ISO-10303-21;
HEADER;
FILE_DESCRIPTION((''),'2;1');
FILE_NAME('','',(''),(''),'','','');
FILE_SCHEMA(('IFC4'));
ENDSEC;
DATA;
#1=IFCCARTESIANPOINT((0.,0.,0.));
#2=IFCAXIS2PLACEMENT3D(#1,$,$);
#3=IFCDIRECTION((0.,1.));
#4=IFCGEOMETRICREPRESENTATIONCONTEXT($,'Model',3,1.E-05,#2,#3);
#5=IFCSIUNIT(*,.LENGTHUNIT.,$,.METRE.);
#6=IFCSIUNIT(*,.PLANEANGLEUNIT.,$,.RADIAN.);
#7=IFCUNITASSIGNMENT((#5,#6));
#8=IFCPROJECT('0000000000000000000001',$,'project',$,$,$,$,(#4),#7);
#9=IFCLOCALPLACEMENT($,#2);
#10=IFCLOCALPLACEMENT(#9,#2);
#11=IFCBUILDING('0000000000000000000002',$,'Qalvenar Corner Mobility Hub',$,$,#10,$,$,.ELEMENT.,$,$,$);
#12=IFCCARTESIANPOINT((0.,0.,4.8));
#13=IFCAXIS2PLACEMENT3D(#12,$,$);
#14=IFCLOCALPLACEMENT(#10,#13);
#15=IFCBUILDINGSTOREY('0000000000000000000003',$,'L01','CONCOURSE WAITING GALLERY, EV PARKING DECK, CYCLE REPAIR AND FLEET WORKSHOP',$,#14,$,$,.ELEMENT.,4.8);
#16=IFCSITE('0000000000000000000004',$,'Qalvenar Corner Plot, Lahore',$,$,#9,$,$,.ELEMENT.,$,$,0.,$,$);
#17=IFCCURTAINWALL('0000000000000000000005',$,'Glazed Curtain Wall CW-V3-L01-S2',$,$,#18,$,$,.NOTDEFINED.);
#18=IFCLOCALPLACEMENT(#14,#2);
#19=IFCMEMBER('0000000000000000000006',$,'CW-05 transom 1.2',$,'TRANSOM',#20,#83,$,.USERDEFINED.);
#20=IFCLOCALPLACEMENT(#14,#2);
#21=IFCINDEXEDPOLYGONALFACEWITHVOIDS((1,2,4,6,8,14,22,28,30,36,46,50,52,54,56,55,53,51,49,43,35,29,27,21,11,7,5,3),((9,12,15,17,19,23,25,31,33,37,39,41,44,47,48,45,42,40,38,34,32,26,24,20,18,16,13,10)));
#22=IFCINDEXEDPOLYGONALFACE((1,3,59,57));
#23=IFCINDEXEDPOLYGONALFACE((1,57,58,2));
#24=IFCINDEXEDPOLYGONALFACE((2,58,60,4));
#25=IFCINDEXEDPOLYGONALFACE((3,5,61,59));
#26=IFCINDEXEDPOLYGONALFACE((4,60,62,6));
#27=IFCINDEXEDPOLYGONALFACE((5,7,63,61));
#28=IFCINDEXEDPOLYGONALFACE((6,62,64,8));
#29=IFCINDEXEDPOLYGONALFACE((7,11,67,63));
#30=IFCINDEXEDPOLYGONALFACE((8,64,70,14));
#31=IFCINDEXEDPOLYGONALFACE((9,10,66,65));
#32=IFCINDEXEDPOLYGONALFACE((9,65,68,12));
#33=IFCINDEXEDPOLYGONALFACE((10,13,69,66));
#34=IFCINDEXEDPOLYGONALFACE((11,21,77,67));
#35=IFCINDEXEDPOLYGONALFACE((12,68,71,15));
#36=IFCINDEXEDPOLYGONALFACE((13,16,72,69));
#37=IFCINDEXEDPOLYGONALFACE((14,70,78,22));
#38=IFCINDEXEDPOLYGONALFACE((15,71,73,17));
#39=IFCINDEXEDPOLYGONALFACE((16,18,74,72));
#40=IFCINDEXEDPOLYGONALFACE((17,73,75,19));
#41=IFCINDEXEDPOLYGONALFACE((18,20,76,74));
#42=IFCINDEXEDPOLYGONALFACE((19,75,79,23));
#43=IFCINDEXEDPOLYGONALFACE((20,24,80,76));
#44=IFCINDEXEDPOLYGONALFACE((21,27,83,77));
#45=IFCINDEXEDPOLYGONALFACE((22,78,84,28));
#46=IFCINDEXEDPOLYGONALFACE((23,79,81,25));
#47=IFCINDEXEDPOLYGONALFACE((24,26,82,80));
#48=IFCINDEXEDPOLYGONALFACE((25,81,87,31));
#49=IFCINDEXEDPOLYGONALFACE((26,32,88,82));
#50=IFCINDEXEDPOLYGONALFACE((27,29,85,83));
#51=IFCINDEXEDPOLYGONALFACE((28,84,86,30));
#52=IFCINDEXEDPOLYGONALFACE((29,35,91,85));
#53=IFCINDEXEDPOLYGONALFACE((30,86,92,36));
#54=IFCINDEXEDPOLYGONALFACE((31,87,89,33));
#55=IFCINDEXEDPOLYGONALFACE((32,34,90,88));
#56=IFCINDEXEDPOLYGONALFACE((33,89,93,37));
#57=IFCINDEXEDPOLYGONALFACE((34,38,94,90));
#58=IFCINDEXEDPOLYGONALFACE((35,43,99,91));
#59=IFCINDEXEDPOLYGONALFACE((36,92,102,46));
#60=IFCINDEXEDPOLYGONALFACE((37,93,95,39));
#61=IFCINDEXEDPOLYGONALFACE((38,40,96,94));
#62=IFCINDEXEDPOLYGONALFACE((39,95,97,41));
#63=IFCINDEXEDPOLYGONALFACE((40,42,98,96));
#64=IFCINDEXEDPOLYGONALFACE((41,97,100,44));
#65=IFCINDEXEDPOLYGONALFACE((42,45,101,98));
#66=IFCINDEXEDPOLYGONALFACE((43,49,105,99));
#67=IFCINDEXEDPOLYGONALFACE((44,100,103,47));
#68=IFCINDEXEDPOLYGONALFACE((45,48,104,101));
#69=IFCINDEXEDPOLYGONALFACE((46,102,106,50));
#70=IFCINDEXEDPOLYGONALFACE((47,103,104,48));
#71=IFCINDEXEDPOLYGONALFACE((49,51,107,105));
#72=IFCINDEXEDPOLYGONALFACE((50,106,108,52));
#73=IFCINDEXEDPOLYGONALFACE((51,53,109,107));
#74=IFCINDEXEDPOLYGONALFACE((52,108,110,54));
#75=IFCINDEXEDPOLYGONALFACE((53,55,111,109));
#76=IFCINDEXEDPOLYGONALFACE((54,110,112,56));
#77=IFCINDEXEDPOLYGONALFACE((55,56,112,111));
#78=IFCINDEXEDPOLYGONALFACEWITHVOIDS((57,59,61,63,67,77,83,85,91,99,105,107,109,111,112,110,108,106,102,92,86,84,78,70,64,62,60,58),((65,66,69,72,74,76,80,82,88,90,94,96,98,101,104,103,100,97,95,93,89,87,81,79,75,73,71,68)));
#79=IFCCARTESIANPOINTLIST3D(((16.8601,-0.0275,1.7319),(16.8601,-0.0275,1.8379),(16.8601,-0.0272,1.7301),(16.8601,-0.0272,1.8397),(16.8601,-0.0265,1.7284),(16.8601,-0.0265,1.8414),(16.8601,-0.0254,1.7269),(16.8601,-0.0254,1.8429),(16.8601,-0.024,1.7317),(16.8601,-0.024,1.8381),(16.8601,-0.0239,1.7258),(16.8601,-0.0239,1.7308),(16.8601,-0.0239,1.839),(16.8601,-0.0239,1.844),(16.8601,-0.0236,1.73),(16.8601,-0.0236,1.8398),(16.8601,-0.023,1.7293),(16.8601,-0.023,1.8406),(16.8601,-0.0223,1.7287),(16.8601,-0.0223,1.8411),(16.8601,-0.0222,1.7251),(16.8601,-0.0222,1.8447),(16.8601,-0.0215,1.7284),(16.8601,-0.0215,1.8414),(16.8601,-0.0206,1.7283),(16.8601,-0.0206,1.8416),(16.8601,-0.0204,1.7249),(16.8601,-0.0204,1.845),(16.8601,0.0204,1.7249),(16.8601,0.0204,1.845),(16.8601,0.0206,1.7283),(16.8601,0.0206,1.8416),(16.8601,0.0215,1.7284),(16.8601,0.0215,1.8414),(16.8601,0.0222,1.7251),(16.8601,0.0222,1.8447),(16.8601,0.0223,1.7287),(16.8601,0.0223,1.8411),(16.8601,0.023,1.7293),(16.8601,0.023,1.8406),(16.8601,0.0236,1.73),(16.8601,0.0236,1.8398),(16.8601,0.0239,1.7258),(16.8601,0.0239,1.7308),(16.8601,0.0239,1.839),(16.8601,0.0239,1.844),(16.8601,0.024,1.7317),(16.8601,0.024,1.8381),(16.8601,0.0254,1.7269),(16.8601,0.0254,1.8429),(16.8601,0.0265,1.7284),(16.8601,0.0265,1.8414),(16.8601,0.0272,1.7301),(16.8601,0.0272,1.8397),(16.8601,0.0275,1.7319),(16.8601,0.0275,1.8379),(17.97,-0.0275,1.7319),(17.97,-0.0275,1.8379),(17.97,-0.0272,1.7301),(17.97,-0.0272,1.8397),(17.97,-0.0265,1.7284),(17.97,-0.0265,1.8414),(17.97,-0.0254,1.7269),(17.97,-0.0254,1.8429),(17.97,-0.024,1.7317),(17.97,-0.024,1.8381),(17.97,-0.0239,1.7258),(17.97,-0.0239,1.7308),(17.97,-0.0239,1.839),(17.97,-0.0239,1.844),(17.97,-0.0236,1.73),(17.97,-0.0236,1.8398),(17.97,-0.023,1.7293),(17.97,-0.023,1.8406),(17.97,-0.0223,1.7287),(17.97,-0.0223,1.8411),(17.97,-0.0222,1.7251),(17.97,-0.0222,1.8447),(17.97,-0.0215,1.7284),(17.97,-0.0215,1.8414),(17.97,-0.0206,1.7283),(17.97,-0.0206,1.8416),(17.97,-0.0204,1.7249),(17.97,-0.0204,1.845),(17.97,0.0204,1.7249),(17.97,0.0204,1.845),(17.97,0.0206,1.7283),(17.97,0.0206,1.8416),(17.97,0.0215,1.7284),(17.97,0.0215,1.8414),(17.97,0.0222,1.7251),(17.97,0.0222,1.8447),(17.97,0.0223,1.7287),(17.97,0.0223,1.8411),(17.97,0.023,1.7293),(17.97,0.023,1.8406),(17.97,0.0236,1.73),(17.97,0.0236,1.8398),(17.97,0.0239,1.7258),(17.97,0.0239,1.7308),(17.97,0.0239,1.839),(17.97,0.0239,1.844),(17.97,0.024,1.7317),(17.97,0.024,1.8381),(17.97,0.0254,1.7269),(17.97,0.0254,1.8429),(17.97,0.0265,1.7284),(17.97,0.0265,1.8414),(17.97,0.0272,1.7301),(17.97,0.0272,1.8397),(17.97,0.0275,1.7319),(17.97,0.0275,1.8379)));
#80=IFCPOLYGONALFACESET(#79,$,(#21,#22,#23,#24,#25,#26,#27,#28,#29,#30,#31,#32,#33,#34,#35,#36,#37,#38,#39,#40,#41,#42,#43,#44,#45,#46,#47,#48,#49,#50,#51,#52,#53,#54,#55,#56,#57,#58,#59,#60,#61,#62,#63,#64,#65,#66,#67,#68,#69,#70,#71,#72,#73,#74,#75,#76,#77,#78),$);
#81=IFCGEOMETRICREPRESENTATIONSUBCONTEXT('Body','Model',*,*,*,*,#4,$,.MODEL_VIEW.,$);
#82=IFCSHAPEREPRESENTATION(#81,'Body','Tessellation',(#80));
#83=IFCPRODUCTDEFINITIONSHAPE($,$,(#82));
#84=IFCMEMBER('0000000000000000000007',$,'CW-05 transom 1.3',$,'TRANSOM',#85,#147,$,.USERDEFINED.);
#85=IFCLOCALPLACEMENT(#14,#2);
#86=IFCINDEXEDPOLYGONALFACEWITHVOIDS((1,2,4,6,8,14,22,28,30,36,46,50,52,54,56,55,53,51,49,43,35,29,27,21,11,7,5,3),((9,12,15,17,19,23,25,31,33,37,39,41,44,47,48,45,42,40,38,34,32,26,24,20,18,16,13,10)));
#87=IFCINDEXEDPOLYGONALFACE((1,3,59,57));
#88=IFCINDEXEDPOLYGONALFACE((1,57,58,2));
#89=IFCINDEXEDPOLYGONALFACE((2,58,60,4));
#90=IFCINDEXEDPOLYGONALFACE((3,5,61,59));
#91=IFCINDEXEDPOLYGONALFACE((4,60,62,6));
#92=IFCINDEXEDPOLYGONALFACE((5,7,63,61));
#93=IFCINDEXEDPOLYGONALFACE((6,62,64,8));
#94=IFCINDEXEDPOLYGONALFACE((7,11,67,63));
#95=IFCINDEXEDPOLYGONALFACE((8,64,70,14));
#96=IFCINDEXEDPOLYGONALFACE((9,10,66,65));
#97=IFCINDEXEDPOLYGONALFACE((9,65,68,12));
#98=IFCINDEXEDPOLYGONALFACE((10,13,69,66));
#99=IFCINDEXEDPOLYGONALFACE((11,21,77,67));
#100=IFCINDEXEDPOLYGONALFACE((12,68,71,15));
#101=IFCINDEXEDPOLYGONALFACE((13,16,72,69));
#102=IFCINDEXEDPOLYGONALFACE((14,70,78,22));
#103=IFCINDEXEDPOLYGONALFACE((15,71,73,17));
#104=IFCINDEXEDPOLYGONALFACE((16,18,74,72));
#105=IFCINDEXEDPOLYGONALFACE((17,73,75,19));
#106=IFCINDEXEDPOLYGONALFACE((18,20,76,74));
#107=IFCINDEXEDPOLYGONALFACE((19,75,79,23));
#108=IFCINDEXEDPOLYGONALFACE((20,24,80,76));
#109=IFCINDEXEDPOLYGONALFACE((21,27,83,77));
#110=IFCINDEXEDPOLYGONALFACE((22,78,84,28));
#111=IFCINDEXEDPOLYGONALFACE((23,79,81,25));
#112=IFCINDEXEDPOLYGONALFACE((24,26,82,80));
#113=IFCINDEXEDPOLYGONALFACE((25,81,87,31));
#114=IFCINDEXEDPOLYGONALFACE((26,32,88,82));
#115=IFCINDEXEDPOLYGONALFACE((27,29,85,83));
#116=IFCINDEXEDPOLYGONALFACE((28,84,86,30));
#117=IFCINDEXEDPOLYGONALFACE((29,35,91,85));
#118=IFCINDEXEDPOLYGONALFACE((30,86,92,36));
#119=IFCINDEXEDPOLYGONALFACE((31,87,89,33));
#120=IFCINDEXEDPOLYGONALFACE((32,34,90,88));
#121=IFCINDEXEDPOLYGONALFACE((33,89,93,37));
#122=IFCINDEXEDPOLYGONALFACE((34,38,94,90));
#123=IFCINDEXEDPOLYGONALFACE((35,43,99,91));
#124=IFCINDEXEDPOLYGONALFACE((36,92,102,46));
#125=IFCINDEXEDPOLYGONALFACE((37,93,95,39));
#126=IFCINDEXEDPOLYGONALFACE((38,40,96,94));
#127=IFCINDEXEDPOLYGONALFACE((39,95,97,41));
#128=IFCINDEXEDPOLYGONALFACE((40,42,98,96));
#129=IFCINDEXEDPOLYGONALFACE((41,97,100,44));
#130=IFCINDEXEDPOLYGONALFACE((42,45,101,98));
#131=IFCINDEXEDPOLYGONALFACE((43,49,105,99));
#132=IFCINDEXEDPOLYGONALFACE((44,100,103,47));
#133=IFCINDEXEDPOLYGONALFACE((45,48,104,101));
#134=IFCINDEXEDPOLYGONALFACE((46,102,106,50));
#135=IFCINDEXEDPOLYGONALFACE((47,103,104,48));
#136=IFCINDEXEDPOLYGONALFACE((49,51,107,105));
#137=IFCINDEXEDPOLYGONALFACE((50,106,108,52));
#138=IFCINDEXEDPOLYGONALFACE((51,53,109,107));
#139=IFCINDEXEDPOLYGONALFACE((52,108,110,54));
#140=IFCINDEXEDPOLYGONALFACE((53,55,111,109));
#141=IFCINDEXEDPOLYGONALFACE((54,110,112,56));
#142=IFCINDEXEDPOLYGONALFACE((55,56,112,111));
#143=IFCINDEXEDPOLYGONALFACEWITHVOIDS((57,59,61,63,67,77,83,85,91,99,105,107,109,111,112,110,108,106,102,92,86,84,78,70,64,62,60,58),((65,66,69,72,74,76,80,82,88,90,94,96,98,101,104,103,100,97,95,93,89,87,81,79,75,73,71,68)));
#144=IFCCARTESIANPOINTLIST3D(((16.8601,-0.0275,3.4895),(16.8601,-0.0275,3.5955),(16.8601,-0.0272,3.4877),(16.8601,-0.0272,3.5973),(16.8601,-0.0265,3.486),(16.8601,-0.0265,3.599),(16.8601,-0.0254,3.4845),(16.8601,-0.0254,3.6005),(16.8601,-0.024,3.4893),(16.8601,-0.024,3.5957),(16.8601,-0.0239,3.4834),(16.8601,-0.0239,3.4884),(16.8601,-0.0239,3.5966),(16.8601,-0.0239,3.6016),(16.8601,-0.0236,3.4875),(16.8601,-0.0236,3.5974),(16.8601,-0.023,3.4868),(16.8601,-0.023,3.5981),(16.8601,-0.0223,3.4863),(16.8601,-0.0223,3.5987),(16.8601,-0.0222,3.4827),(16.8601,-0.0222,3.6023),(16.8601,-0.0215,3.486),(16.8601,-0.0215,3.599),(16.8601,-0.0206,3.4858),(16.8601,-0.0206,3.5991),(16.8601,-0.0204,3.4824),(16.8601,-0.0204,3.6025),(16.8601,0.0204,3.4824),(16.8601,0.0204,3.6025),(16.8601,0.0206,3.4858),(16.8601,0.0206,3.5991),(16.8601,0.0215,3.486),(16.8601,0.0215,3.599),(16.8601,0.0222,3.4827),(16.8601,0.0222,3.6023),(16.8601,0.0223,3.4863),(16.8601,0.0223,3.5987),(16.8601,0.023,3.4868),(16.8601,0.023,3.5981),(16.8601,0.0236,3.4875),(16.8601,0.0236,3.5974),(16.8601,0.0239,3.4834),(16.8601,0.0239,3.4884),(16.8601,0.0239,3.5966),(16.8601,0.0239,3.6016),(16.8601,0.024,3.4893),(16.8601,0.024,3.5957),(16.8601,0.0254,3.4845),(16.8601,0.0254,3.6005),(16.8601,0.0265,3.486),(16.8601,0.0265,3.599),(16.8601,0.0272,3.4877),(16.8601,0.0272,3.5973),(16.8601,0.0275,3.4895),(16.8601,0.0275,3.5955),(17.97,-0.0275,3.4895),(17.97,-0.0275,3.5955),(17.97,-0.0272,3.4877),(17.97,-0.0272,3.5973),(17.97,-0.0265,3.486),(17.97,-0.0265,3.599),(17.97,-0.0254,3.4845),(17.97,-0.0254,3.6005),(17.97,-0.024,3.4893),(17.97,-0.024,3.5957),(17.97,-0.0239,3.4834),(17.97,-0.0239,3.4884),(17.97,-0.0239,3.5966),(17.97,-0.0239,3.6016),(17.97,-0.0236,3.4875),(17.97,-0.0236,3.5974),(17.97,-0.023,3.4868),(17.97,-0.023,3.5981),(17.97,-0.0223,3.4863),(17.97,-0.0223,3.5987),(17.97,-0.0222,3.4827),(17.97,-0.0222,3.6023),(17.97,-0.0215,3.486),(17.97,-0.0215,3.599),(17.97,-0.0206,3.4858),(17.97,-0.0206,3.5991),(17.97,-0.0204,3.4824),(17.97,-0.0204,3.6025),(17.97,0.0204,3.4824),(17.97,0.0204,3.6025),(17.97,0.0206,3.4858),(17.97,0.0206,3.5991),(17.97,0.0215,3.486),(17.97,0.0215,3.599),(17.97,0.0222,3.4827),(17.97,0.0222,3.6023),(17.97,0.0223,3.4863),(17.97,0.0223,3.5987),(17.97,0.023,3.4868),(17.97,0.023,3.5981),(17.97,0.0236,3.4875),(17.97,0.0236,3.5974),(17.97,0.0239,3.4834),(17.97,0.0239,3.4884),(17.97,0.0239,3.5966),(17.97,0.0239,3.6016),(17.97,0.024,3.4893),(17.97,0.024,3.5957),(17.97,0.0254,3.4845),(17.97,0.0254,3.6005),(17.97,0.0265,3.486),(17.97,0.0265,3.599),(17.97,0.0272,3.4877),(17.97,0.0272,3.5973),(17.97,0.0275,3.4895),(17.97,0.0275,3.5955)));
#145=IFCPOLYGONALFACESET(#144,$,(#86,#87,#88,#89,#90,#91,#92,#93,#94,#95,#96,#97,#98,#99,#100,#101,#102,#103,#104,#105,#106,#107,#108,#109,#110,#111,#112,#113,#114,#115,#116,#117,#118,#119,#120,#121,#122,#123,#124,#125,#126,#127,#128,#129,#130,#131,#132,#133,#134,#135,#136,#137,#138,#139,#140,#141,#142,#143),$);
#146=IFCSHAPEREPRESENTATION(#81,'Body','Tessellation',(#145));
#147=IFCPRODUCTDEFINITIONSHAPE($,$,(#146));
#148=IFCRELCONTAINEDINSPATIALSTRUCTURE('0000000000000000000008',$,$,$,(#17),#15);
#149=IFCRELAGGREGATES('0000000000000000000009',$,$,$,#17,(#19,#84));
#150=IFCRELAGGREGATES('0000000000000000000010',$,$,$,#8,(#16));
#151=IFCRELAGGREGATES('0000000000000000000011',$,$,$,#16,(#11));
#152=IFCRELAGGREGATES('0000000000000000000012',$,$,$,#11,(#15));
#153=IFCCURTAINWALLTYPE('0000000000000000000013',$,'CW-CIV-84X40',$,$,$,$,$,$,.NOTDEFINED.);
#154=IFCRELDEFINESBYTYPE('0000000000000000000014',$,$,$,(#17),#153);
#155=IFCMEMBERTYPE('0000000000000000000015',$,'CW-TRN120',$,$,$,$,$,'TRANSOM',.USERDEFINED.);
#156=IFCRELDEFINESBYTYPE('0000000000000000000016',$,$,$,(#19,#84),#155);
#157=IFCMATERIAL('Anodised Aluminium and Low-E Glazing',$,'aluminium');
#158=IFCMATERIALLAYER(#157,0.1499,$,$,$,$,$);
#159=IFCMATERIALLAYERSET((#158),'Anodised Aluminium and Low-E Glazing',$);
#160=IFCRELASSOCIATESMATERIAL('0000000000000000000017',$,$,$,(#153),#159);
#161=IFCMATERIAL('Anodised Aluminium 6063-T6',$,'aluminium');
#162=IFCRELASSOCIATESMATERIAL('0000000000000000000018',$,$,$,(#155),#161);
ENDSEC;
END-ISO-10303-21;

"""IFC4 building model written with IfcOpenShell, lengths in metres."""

from ifc_helpers import new_model, si_unit, direction, frame, origin, origin_2d, place, context, subcontext, project, spatial, hollow_rectangle, extrude, material, layer, layer_set, material_profile, profile_set, type_object, element, aggregate, save


model = new_model("IFC4")

# Units and contexts
model_context = context("Model", 3, precision=1e-05, world=origin(), true_north=direction((0.0, 1.0)))
body_context = subcontext(model_context, "Body", "Model", "MODEL_VIEW")
ifc_project = project(units=[si_unit("LENGTHUNIT", "METRE"), si_unit("PLANEANGLEUNIT", "RADIAN")], contexts=[model_context])

# Site, building, storey
site_placement = place(None, origin())
site = spatial("IfcSite", under=ifc_project, at=site_placement, Name="Qalvenar Corner Plot, Lahore", CompositionType="ELEMENT", RefElevation=0.0)
building_placement = place(site_placement, origin())
building = spatial("IfcBuilding", under=site, at=building_placement, Name="Qalvenar Corner Mobility Hub", CompositionType="ELEMENT")
storey_placement = place(building_placement, frame((0.0, 0.0, 4.8)))
storey = spatial("IfcBuildingStorey", under=building, at=storey_placement, Name="L01", Description="CONCOURSE WAITING GALLERY, EV PARKING DECK, CYCLE REPAIR AND FLEET WORKSHOP", CompositionType="ELEMENT", Elevation=4.8)

# Curtain wall, members
ifc_material_1 = material(Name="Anodised Aluminium and Low-E Glazing", Category="aluminium")
ifc_layer_1 = layer(ifc_material_1, 0.1499)
ifc_layer_set_1 = layer_set([ifc_layer_1], Name="Anodised Aluminium and Low-E Glazing")
curtain_wall_type = type_object("IfcCurtainWallType", Name="CW-CIV-84X40", PredefinedType="NOTDEFINED", material=ifc_layer_set_1)
curtain_wall_placement = place(storey_placement, origin())
curtain_wall = element("IfcCurtainWall", 1, at=curtain_wall_placement, inside=storey, type_object=curtain_wall_type, Name="Glazed Curtain Wall CW-V3-L01-S2", PredefinedType="NOTDEFINED")
ifc_material_2 = material(Name="Anodised Aluminium 6063-T6", Category="aluminium")
ifc_material_profile_1 = material_profile(ifc_material_2, hollow_rectangle(XDim=0.0549, YDim=0.1201, WallThickness=0.0034, InnerFilletRadius=0.0034, OuterFilletRadius=0.0071, at=origin_2d()), Name="RHS120x55x3.5")
ifc_profile_set_1 = profile_set([ifc_material_profile_1], Name="Anodised Aluminium 6063-T6")
member_type_1 = type_object("IfcMemberType", Name="CW-TRN120", ElementType="TRANSOM", PredefinedType="USERDEFINED", material=ifc_profile_set_1)
member_1_placement = place(storey_placement, frame((16.8601, 0.0, 1.7849), z_axis=(1.0, 0.0, 0.0), x_axis=(0.0, 1.0, 0.0)))
member_1 = element("IfcMember", 2, at=member_1_placement, type_object=member_type_1, Name="CW-05 transom 1.2", ObjectType="TRANSOM", PredefinedType="USERDEFINED", context=body_context, shape_type="SweptSolid", body=[
    extrude(hollow_rectangle(XDim=0.0549, YDim=0.1201, WallThickness=0.0034, InnerFilletRadius=0.0034, OuterFilletRadius=0.0071, at=origin_2d()), origin(), (0.0, 0.0, 1.0), 1.1099),
])
member_2_placement = place(storey_placement, frame((16.8601, 0.0, 3.5425), z_axis=(1.0, 0.0, 0.0), x_axis=(0.0, 1.0, 0.0)))
member_2 = element("IfcMember", 3, at=member_2_placement, type_object=member_type_1, Name="CW-05 transom 1.3", ObjectType="TRANSOM", PredefinedType="USERDEFINED", context=body_context, shape_type="SweptSolid", body=[
    extrude(hollow_rectangle(XDim=0.0549, YDim=0.1201, WallThickness=0.0034, InnerFilletRadius=0.0034, OuterFilletRadius=0.0071, at=origin_2d()), origin(), (0.0, 0.0, 1.0), 1.1099),
])
aggregate(curtain_wall, [member_1, member_2])

save(model, "model.ifc")
